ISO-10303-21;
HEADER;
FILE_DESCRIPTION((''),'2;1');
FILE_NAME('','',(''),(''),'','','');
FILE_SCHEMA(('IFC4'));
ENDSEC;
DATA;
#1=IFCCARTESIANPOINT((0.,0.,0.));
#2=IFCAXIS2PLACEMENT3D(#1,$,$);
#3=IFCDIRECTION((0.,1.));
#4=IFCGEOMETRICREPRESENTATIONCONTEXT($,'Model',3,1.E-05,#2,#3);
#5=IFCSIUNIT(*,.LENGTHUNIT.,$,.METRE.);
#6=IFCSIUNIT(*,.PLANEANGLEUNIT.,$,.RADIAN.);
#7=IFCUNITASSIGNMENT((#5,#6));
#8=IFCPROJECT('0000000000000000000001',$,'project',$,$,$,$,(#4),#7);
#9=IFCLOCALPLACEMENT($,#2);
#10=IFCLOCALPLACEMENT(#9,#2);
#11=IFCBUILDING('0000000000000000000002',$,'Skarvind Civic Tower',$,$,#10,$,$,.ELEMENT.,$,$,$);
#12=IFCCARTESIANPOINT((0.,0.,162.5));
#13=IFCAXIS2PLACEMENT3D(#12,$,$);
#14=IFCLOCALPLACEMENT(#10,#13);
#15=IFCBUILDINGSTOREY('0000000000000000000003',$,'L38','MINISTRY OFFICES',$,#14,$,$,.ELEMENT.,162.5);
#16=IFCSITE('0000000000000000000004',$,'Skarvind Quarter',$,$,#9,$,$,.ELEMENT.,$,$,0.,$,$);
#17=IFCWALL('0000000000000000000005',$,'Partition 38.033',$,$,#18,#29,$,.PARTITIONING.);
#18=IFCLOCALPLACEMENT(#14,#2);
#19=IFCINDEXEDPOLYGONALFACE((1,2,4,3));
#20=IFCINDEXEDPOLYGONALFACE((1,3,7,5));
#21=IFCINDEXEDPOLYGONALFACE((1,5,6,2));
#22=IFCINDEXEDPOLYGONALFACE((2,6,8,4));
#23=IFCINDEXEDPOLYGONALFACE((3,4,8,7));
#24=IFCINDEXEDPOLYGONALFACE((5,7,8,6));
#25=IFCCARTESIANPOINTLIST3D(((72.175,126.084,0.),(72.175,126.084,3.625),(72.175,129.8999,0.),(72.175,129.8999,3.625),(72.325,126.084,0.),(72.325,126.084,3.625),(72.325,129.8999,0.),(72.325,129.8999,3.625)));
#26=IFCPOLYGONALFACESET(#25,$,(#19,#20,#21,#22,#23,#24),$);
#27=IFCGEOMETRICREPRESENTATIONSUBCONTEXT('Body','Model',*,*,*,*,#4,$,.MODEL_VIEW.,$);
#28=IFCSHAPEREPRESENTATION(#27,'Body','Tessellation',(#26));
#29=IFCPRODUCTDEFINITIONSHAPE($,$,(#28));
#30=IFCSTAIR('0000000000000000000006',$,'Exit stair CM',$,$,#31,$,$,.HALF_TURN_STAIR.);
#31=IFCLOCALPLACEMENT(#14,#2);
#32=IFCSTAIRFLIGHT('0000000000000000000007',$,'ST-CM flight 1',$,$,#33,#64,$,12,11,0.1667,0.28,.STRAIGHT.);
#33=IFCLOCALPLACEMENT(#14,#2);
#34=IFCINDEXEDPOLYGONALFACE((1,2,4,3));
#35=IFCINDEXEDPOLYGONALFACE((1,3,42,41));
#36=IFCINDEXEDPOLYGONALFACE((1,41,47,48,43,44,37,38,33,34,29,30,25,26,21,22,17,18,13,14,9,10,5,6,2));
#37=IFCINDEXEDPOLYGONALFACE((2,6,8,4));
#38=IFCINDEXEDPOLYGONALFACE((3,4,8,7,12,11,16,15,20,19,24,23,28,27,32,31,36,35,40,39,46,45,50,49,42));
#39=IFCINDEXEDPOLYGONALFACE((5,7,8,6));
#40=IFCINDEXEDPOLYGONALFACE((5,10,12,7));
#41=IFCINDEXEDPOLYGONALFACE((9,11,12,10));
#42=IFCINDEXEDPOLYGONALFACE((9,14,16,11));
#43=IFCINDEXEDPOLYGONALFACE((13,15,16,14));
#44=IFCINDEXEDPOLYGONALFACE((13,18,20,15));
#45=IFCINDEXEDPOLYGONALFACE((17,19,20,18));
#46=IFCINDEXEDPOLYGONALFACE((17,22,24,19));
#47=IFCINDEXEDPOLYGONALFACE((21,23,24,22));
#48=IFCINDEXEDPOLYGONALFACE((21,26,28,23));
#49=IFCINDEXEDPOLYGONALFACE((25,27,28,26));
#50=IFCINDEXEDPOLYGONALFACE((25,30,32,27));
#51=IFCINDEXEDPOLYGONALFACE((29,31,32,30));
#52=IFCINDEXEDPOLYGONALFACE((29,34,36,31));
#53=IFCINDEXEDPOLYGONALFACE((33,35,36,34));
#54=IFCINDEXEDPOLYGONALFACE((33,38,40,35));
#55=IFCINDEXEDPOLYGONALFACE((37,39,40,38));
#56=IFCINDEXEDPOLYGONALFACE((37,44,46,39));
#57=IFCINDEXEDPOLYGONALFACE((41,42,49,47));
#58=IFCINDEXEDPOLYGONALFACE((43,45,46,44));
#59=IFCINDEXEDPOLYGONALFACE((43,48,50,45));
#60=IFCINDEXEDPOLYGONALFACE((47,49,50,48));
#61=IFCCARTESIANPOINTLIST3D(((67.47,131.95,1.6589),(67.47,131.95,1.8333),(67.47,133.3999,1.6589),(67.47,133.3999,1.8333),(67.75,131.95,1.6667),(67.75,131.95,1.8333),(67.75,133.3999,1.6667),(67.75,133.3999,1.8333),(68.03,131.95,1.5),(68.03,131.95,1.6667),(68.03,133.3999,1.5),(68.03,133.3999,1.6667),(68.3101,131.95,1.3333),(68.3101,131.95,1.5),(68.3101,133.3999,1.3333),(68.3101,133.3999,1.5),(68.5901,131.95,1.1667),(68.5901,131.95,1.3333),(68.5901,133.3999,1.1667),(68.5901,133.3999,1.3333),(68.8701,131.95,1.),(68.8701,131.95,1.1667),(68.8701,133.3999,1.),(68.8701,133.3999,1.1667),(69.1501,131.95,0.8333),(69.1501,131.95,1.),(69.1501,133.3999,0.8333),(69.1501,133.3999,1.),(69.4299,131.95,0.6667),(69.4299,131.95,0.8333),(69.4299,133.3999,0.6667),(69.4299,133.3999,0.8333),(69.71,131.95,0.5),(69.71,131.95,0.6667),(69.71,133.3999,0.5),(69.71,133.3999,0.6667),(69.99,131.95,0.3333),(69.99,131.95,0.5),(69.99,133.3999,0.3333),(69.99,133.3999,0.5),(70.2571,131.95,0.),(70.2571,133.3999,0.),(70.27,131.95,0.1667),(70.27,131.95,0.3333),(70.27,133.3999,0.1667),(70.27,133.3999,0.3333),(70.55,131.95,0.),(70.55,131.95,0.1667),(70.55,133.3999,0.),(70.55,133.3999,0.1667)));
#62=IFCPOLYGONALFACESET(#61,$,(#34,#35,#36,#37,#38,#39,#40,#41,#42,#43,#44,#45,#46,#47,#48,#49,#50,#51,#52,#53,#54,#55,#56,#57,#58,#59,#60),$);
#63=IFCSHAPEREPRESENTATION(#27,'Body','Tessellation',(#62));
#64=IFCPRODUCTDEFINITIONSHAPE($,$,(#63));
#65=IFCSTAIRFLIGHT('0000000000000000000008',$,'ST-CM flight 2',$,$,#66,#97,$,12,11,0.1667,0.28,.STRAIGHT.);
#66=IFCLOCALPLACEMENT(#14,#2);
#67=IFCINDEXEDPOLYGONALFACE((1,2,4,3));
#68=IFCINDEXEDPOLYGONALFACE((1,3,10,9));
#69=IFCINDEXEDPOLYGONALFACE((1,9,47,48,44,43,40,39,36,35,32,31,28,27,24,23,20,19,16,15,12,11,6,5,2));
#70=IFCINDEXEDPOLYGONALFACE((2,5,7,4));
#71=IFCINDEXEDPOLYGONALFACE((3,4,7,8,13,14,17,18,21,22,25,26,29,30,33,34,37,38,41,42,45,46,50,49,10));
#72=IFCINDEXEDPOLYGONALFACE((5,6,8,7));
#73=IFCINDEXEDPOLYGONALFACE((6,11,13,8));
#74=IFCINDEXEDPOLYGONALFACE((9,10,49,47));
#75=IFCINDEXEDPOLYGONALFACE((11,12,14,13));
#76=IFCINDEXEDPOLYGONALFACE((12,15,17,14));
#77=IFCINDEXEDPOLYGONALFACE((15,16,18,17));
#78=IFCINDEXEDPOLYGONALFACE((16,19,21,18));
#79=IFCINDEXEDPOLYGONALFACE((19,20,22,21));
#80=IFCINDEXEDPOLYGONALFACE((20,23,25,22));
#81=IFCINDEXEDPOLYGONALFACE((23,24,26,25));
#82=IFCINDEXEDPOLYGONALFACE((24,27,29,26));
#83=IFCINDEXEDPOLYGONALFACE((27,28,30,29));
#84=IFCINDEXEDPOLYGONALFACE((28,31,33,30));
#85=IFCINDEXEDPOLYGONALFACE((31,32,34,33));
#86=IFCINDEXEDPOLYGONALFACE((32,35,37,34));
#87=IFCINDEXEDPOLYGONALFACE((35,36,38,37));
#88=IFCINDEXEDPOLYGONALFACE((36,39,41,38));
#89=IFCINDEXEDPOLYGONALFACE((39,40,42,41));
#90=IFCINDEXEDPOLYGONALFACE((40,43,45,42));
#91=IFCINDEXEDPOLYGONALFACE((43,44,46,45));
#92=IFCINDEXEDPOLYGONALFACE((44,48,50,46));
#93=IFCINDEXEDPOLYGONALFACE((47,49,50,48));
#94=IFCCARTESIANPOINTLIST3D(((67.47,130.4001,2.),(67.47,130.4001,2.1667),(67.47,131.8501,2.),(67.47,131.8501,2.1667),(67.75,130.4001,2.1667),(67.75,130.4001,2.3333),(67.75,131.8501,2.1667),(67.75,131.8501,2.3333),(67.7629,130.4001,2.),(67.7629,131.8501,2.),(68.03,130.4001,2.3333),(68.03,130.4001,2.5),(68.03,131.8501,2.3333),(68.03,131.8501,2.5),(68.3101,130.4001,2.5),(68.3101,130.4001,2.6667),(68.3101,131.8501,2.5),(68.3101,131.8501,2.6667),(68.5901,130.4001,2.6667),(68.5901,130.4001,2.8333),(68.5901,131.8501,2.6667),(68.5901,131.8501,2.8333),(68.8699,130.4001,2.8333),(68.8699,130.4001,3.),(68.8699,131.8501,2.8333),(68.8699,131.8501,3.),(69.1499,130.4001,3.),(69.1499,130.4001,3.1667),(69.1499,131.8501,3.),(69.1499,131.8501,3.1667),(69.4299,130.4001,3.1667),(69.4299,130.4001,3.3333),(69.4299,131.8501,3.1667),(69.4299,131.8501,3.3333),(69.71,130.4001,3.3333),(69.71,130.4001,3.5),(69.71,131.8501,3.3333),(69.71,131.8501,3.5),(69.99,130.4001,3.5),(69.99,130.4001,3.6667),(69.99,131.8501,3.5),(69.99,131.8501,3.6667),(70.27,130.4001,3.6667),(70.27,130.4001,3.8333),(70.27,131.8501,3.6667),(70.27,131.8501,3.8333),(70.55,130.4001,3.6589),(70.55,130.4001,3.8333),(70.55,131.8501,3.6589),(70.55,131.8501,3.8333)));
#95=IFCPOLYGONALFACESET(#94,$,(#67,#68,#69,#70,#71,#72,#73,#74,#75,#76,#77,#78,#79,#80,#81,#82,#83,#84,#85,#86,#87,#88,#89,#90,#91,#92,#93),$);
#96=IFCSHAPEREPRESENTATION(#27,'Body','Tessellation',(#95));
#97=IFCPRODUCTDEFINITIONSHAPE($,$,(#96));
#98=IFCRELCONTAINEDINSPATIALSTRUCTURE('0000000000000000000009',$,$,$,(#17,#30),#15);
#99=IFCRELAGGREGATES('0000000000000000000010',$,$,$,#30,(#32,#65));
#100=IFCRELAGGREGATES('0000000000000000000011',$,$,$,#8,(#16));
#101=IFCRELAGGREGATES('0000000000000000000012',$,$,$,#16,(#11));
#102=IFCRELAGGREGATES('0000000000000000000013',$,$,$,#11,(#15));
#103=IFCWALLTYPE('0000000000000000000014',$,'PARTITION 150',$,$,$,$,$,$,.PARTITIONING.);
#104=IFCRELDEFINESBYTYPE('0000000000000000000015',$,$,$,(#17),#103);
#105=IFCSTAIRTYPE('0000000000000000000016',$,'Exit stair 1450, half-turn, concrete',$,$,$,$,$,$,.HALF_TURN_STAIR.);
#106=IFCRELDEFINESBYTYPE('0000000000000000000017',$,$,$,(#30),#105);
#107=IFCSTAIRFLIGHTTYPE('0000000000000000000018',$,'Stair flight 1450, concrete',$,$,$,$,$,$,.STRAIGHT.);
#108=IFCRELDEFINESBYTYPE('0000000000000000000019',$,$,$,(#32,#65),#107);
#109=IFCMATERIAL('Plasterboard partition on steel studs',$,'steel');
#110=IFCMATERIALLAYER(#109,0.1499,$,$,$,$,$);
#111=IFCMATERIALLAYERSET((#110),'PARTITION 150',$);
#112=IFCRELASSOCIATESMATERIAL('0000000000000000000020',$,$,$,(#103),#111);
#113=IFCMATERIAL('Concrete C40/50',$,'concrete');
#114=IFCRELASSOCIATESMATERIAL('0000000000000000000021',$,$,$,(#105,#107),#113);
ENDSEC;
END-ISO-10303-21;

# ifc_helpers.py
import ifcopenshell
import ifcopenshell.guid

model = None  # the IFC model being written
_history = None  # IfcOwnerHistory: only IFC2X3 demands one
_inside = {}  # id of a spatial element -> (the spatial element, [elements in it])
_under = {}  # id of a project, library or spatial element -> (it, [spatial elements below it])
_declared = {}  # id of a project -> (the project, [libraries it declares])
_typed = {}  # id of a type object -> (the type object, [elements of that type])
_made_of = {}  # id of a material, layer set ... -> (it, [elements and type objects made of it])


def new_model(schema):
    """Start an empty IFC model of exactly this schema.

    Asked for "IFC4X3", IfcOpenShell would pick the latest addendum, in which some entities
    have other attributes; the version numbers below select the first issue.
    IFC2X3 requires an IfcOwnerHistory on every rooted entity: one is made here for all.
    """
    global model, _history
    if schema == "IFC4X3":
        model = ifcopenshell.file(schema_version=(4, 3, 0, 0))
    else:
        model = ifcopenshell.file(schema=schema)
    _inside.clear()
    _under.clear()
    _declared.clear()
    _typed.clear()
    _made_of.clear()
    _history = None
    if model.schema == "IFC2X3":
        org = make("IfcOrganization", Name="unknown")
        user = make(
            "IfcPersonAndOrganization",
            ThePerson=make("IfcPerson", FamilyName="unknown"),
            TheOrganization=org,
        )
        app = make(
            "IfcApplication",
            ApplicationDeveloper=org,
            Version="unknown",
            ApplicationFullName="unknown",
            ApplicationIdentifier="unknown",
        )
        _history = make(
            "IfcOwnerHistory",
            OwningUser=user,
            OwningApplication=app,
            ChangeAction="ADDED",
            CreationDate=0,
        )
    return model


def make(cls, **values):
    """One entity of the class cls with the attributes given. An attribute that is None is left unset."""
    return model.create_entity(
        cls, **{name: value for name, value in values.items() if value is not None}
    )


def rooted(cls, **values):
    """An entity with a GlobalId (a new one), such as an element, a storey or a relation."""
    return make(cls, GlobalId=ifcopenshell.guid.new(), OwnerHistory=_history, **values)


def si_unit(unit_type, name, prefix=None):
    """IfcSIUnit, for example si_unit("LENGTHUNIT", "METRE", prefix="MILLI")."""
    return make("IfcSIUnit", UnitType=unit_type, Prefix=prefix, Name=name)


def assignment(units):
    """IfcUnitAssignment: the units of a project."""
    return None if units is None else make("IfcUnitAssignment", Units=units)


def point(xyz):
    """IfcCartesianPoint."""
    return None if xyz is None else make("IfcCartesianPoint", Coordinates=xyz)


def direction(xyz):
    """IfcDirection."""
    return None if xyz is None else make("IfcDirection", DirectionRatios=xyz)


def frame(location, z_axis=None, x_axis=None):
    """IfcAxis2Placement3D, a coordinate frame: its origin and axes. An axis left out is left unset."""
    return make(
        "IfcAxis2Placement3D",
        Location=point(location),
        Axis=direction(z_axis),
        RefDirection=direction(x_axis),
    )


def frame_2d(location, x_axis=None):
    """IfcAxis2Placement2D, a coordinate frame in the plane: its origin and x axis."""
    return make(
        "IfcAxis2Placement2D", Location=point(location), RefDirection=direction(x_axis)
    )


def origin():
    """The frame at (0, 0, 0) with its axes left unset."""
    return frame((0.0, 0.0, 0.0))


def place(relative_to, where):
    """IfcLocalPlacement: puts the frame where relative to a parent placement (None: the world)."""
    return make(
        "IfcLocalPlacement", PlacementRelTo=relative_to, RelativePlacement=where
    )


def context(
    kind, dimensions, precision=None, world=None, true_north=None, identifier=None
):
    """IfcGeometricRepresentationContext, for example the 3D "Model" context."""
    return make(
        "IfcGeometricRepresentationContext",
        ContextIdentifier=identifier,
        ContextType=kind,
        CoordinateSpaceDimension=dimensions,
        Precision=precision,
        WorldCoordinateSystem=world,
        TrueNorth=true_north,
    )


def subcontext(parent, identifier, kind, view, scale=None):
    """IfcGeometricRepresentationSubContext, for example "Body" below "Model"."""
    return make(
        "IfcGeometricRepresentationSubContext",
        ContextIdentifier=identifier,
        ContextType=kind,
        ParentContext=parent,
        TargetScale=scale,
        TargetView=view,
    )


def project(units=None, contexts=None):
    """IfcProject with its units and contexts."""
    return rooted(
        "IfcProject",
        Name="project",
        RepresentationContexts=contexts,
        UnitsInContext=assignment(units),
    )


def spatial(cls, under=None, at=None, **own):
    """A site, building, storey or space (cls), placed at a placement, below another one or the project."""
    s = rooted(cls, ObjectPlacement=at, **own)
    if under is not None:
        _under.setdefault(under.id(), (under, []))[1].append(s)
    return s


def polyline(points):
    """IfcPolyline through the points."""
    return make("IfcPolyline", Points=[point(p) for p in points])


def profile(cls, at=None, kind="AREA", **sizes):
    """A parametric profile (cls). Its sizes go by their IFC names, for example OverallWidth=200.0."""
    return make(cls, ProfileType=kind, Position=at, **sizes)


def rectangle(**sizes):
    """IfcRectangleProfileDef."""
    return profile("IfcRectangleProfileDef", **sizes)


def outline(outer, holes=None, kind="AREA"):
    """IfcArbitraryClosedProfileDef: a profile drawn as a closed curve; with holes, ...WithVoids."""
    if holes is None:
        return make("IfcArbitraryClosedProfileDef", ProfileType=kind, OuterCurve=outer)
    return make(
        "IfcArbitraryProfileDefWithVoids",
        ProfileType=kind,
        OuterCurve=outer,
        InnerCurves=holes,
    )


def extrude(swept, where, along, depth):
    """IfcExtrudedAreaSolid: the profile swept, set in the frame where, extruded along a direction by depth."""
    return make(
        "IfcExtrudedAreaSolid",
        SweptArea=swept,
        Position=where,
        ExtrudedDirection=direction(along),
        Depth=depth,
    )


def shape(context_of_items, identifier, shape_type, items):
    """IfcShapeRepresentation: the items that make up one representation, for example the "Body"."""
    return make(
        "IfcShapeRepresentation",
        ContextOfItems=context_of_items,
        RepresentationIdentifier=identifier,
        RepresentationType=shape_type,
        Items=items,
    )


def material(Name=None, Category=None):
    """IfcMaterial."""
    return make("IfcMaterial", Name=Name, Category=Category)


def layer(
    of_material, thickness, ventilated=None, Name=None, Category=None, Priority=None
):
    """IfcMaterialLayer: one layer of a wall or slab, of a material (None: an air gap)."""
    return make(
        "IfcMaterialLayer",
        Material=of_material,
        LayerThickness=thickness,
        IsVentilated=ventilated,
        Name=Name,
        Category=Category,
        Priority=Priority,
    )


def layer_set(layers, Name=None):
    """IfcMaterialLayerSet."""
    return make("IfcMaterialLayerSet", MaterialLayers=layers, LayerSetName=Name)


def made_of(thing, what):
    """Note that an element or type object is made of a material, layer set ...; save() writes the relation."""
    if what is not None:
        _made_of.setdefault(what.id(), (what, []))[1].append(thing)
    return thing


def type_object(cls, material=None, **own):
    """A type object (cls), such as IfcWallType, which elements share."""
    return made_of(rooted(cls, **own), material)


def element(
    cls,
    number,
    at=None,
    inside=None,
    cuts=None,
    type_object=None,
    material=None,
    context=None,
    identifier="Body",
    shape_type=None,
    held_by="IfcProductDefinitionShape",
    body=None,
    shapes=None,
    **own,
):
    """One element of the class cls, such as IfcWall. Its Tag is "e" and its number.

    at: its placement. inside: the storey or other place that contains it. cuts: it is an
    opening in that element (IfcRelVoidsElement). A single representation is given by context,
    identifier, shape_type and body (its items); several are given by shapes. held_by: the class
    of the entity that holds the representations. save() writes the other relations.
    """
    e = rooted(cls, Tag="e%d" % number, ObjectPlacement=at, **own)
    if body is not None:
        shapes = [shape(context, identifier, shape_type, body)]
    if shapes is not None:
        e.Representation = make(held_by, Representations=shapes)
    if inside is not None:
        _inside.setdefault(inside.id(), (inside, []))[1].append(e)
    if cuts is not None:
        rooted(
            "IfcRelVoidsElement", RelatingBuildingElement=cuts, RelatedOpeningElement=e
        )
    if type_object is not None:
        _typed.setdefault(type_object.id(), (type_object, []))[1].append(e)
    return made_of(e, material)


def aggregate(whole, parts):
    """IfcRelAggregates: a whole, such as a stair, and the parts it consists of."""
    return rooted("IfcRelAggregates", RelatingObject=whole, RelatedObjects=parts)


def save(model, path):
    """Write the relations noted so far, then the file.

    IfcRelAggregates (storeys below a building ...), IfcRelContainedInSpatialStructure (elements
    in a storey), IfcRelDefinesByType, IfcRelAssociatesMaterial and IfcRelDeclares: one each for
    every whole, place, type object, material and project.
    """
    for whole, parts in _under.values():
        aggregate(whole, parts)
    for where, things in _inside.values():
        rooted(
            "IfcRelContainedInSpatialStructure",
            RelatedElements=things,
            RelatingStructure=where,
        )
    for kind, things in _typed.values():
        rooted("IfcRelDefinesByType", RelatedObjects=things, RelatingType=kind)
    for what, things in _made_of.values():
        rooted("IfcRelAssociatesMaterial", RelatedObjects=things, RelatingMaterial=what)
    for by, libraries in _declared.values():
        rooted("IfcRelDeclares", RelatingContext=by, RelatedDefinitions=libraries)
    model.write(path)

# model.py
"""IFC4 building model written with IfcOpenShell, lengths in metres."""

from ifc_helpers import new_model, si_unit, direction, frame, frame_2d, origin, place, context, subcontext, project, spatial, polyline, rectangle, outline, extrude, material, layer, layer_set, type_object, element, aggregate, save


model = new_model("IFC4")

# Units and contexts
model_context = context("Model", 3, precision=1e-05, world=origin(), true_north=direction((0.0, 1.0)))
body_context = subcontext(model_context, "Body", "Model", "MODEL_VIEW")
ifc_project = project(units=[si_unit("LENGTHUNIT", "METRE"), si_unit("PLANEANGLEUNIT", "RADIAN")], contexts=[model_context])

# Site, building, storey
site_placement = place(None, origin())
site = spatial("IfcSite", under=ifc_project, at=site_placement, Name="Skarvind Quarter", CompositionType="ELEMENT", RefElevation=0.0)
building_placement = place(site_placement, origin())
building = spatial("IfcBuilding", under=site, at=building_placement, Name="Skarvind Civic Tower", CompositionType="ELEMENT")
storey_placement = place(building_placement, frame((0.0, 0.0, 162.5)))
storey = spatial("IfcBuildingStorey", under=building, at=storey_placement, Name="L38", Description="MINISTRY OFFICES", CompositionType="ELEMENT", Elevation=162.5)

# Shared definitions
ifc_material_1 = material(Name="Plasterboard partition on steel studs", Category="steel")
ifc_layer_1 = layer(ifc_material_1, 0.1499)
ifc_layer_set_1 = layer_set([ifc_layer_1], Name="PARTITION 150")
wall_type_1 = type_object("IfcWallType", Name="PARTITION 150", PredefinedType="PARTITIONING", material=ifc_layer_set_1)

# Wall
wall_1_placement = place(storey_placement, frame((72.25, 126.084, 0.0), z_axis=(0.0, 0.0, 1.0), x_axis=(0.0, 1.0, 0.0)))
element("IfcWall", 1, at=wall_1_placement, inside=storey, type_object=wall_type_1, Name="Partition 38.033", PredefinedType="PARTITIONING", context=body_context, shape_type="SweptSolid", body=[
    extrude(rectangle(XDim=3.8159, YDim=0.1499, at=frame_2d((1.908, 0.0))), origin(), (0.0, 0.0, 1.0), 3.625),
])

# Stair, stair flights
ifc_material_2 = material(Name="Concrete C40/50", Category="concrete")
stair_type = type_object("IfcStairType", Name="Exit stair 1450, half-turn, concrete", PredefinedType="HALF_TURN_STAIR", material=ifc_material_2)
stair_placement = place(storey_placement, origin())
stair = element("IfcStair", 2, at=stair_placement, inside=storey, type_object=stair_type, Name="Exit stair CM", PredefinedType="HALF_TURN_STAIR")
stair_flight_type = type_object("IfcStairFlightType", Name="Stair flight 1450, concrete", PredefinedType="STRAIGHT", material=ifc_material_2)
stair_flight_1_placement = place(storey_placement, frame((70.55, 132.675, 0.0), z_axis=(0.0, 0.0, 1.0), x_axis=(-1.0, 0.0, 0.0)))
stair_flight_1 = element("IfcStairFlight", 3, at=stair_flight_1_placement, type_object=stair_flight_type, Name="ST-CM flight 1", NumberOfRisers=12, NumberOfTreads=11, PredefinedType="STRAIGHT", RiserHeight=0.1667, TreadLength=0.28, context=body_context, shape_type="SweptSolid", body=[
    extrude(outline(polyline([(0.0, 0.0), (0.0, 0.1667), (0.28, 0.1667), (0.28, 0.3333), (0.5601, 0.3333), (0.5601, 0.5), (0.8401, 0.5), (0.8401, 0.6667), (1.1201, 0.6667), (1.1201, 0.8333), (1.3999, 0.8333), (1.3999, 1.0), (1.6799, 1.0), (1.6799, 1.1667), (1.96, 1.1667), (1.96, 1.3333), (2.24, 1.3333), (2.24, 1.5), (2.52, 1.5), (2.52, 1.6667), (2.8, 1.6667), (2.8, 1.8333), (3.0801, 1.8333), (3.0801, 2.0), (3.0801, 1.6589), (0.293, 0.0), (0.0, 0.0)])), frame((0.0, 0.7251, 0.0), z_axis=(0.0, -1.0, 0.0), x_axis=(1.0, 0.0, 0.0)), (0.0, 0.0, 1.0), 1.45),
])
stair_flight_2_placement = place(storey_placement, frame((67.47, 131.125, 2.0), z_axis=(0.0, 0.0, 1.0), x_axis=(1.0, 0.0, 0.0)))
stair_flight_2 = element("IfcStairFlight", 4, at=stair_flight_2_placement, type_object=stair_flight_type, Name="ST-CM flight 2", NumberOfRisers=12, NumberOfTreads=11, PredefinedType="STRAIGHT", RiserHeight=0.1667, TreadLength=0.28, context=body_context, shape_type="SweptSolid", body=[
    extrude(outline(polyline([(0.0, 0.0), (0.0, 0.1667), (0.28, 0.1667), (0.28, 0.3333), (0.5601, 0.3333), (0.5601, 0.5), (0.8401, 0.5), (0.8401, 0.6667), (1.1201, 0.6667), (1.1201, 0.8333), (1.3999, 0.8333), (1.3999, 1.0), (1.6799, 1.0), (1.6799, 1.1667), (1.96, 1.1667), (1.96, 1.3333), (2.24, 1.3333), (2.24, 1.5), (2.52, 1.5), (2.52, 1.6667), (2.8, 1.6667), (2.8, 1.8333), (3.0801, 1.8333), (3.0801, 2.0), (3.0801, 1.6589), (0.293, 0.0), (0.0, 0.0)])), frame((0.0, 0.7251, 0.0), z_axis=(0.0, -1.0, 0.0), x_axis=(1.0, 0.0, 0.0)), (0.0, 0.0, 1.0), 1.45),
])
aggregate(stair, [stair_flight_1, stair_flight_2])

save(model, "model.ifc")
